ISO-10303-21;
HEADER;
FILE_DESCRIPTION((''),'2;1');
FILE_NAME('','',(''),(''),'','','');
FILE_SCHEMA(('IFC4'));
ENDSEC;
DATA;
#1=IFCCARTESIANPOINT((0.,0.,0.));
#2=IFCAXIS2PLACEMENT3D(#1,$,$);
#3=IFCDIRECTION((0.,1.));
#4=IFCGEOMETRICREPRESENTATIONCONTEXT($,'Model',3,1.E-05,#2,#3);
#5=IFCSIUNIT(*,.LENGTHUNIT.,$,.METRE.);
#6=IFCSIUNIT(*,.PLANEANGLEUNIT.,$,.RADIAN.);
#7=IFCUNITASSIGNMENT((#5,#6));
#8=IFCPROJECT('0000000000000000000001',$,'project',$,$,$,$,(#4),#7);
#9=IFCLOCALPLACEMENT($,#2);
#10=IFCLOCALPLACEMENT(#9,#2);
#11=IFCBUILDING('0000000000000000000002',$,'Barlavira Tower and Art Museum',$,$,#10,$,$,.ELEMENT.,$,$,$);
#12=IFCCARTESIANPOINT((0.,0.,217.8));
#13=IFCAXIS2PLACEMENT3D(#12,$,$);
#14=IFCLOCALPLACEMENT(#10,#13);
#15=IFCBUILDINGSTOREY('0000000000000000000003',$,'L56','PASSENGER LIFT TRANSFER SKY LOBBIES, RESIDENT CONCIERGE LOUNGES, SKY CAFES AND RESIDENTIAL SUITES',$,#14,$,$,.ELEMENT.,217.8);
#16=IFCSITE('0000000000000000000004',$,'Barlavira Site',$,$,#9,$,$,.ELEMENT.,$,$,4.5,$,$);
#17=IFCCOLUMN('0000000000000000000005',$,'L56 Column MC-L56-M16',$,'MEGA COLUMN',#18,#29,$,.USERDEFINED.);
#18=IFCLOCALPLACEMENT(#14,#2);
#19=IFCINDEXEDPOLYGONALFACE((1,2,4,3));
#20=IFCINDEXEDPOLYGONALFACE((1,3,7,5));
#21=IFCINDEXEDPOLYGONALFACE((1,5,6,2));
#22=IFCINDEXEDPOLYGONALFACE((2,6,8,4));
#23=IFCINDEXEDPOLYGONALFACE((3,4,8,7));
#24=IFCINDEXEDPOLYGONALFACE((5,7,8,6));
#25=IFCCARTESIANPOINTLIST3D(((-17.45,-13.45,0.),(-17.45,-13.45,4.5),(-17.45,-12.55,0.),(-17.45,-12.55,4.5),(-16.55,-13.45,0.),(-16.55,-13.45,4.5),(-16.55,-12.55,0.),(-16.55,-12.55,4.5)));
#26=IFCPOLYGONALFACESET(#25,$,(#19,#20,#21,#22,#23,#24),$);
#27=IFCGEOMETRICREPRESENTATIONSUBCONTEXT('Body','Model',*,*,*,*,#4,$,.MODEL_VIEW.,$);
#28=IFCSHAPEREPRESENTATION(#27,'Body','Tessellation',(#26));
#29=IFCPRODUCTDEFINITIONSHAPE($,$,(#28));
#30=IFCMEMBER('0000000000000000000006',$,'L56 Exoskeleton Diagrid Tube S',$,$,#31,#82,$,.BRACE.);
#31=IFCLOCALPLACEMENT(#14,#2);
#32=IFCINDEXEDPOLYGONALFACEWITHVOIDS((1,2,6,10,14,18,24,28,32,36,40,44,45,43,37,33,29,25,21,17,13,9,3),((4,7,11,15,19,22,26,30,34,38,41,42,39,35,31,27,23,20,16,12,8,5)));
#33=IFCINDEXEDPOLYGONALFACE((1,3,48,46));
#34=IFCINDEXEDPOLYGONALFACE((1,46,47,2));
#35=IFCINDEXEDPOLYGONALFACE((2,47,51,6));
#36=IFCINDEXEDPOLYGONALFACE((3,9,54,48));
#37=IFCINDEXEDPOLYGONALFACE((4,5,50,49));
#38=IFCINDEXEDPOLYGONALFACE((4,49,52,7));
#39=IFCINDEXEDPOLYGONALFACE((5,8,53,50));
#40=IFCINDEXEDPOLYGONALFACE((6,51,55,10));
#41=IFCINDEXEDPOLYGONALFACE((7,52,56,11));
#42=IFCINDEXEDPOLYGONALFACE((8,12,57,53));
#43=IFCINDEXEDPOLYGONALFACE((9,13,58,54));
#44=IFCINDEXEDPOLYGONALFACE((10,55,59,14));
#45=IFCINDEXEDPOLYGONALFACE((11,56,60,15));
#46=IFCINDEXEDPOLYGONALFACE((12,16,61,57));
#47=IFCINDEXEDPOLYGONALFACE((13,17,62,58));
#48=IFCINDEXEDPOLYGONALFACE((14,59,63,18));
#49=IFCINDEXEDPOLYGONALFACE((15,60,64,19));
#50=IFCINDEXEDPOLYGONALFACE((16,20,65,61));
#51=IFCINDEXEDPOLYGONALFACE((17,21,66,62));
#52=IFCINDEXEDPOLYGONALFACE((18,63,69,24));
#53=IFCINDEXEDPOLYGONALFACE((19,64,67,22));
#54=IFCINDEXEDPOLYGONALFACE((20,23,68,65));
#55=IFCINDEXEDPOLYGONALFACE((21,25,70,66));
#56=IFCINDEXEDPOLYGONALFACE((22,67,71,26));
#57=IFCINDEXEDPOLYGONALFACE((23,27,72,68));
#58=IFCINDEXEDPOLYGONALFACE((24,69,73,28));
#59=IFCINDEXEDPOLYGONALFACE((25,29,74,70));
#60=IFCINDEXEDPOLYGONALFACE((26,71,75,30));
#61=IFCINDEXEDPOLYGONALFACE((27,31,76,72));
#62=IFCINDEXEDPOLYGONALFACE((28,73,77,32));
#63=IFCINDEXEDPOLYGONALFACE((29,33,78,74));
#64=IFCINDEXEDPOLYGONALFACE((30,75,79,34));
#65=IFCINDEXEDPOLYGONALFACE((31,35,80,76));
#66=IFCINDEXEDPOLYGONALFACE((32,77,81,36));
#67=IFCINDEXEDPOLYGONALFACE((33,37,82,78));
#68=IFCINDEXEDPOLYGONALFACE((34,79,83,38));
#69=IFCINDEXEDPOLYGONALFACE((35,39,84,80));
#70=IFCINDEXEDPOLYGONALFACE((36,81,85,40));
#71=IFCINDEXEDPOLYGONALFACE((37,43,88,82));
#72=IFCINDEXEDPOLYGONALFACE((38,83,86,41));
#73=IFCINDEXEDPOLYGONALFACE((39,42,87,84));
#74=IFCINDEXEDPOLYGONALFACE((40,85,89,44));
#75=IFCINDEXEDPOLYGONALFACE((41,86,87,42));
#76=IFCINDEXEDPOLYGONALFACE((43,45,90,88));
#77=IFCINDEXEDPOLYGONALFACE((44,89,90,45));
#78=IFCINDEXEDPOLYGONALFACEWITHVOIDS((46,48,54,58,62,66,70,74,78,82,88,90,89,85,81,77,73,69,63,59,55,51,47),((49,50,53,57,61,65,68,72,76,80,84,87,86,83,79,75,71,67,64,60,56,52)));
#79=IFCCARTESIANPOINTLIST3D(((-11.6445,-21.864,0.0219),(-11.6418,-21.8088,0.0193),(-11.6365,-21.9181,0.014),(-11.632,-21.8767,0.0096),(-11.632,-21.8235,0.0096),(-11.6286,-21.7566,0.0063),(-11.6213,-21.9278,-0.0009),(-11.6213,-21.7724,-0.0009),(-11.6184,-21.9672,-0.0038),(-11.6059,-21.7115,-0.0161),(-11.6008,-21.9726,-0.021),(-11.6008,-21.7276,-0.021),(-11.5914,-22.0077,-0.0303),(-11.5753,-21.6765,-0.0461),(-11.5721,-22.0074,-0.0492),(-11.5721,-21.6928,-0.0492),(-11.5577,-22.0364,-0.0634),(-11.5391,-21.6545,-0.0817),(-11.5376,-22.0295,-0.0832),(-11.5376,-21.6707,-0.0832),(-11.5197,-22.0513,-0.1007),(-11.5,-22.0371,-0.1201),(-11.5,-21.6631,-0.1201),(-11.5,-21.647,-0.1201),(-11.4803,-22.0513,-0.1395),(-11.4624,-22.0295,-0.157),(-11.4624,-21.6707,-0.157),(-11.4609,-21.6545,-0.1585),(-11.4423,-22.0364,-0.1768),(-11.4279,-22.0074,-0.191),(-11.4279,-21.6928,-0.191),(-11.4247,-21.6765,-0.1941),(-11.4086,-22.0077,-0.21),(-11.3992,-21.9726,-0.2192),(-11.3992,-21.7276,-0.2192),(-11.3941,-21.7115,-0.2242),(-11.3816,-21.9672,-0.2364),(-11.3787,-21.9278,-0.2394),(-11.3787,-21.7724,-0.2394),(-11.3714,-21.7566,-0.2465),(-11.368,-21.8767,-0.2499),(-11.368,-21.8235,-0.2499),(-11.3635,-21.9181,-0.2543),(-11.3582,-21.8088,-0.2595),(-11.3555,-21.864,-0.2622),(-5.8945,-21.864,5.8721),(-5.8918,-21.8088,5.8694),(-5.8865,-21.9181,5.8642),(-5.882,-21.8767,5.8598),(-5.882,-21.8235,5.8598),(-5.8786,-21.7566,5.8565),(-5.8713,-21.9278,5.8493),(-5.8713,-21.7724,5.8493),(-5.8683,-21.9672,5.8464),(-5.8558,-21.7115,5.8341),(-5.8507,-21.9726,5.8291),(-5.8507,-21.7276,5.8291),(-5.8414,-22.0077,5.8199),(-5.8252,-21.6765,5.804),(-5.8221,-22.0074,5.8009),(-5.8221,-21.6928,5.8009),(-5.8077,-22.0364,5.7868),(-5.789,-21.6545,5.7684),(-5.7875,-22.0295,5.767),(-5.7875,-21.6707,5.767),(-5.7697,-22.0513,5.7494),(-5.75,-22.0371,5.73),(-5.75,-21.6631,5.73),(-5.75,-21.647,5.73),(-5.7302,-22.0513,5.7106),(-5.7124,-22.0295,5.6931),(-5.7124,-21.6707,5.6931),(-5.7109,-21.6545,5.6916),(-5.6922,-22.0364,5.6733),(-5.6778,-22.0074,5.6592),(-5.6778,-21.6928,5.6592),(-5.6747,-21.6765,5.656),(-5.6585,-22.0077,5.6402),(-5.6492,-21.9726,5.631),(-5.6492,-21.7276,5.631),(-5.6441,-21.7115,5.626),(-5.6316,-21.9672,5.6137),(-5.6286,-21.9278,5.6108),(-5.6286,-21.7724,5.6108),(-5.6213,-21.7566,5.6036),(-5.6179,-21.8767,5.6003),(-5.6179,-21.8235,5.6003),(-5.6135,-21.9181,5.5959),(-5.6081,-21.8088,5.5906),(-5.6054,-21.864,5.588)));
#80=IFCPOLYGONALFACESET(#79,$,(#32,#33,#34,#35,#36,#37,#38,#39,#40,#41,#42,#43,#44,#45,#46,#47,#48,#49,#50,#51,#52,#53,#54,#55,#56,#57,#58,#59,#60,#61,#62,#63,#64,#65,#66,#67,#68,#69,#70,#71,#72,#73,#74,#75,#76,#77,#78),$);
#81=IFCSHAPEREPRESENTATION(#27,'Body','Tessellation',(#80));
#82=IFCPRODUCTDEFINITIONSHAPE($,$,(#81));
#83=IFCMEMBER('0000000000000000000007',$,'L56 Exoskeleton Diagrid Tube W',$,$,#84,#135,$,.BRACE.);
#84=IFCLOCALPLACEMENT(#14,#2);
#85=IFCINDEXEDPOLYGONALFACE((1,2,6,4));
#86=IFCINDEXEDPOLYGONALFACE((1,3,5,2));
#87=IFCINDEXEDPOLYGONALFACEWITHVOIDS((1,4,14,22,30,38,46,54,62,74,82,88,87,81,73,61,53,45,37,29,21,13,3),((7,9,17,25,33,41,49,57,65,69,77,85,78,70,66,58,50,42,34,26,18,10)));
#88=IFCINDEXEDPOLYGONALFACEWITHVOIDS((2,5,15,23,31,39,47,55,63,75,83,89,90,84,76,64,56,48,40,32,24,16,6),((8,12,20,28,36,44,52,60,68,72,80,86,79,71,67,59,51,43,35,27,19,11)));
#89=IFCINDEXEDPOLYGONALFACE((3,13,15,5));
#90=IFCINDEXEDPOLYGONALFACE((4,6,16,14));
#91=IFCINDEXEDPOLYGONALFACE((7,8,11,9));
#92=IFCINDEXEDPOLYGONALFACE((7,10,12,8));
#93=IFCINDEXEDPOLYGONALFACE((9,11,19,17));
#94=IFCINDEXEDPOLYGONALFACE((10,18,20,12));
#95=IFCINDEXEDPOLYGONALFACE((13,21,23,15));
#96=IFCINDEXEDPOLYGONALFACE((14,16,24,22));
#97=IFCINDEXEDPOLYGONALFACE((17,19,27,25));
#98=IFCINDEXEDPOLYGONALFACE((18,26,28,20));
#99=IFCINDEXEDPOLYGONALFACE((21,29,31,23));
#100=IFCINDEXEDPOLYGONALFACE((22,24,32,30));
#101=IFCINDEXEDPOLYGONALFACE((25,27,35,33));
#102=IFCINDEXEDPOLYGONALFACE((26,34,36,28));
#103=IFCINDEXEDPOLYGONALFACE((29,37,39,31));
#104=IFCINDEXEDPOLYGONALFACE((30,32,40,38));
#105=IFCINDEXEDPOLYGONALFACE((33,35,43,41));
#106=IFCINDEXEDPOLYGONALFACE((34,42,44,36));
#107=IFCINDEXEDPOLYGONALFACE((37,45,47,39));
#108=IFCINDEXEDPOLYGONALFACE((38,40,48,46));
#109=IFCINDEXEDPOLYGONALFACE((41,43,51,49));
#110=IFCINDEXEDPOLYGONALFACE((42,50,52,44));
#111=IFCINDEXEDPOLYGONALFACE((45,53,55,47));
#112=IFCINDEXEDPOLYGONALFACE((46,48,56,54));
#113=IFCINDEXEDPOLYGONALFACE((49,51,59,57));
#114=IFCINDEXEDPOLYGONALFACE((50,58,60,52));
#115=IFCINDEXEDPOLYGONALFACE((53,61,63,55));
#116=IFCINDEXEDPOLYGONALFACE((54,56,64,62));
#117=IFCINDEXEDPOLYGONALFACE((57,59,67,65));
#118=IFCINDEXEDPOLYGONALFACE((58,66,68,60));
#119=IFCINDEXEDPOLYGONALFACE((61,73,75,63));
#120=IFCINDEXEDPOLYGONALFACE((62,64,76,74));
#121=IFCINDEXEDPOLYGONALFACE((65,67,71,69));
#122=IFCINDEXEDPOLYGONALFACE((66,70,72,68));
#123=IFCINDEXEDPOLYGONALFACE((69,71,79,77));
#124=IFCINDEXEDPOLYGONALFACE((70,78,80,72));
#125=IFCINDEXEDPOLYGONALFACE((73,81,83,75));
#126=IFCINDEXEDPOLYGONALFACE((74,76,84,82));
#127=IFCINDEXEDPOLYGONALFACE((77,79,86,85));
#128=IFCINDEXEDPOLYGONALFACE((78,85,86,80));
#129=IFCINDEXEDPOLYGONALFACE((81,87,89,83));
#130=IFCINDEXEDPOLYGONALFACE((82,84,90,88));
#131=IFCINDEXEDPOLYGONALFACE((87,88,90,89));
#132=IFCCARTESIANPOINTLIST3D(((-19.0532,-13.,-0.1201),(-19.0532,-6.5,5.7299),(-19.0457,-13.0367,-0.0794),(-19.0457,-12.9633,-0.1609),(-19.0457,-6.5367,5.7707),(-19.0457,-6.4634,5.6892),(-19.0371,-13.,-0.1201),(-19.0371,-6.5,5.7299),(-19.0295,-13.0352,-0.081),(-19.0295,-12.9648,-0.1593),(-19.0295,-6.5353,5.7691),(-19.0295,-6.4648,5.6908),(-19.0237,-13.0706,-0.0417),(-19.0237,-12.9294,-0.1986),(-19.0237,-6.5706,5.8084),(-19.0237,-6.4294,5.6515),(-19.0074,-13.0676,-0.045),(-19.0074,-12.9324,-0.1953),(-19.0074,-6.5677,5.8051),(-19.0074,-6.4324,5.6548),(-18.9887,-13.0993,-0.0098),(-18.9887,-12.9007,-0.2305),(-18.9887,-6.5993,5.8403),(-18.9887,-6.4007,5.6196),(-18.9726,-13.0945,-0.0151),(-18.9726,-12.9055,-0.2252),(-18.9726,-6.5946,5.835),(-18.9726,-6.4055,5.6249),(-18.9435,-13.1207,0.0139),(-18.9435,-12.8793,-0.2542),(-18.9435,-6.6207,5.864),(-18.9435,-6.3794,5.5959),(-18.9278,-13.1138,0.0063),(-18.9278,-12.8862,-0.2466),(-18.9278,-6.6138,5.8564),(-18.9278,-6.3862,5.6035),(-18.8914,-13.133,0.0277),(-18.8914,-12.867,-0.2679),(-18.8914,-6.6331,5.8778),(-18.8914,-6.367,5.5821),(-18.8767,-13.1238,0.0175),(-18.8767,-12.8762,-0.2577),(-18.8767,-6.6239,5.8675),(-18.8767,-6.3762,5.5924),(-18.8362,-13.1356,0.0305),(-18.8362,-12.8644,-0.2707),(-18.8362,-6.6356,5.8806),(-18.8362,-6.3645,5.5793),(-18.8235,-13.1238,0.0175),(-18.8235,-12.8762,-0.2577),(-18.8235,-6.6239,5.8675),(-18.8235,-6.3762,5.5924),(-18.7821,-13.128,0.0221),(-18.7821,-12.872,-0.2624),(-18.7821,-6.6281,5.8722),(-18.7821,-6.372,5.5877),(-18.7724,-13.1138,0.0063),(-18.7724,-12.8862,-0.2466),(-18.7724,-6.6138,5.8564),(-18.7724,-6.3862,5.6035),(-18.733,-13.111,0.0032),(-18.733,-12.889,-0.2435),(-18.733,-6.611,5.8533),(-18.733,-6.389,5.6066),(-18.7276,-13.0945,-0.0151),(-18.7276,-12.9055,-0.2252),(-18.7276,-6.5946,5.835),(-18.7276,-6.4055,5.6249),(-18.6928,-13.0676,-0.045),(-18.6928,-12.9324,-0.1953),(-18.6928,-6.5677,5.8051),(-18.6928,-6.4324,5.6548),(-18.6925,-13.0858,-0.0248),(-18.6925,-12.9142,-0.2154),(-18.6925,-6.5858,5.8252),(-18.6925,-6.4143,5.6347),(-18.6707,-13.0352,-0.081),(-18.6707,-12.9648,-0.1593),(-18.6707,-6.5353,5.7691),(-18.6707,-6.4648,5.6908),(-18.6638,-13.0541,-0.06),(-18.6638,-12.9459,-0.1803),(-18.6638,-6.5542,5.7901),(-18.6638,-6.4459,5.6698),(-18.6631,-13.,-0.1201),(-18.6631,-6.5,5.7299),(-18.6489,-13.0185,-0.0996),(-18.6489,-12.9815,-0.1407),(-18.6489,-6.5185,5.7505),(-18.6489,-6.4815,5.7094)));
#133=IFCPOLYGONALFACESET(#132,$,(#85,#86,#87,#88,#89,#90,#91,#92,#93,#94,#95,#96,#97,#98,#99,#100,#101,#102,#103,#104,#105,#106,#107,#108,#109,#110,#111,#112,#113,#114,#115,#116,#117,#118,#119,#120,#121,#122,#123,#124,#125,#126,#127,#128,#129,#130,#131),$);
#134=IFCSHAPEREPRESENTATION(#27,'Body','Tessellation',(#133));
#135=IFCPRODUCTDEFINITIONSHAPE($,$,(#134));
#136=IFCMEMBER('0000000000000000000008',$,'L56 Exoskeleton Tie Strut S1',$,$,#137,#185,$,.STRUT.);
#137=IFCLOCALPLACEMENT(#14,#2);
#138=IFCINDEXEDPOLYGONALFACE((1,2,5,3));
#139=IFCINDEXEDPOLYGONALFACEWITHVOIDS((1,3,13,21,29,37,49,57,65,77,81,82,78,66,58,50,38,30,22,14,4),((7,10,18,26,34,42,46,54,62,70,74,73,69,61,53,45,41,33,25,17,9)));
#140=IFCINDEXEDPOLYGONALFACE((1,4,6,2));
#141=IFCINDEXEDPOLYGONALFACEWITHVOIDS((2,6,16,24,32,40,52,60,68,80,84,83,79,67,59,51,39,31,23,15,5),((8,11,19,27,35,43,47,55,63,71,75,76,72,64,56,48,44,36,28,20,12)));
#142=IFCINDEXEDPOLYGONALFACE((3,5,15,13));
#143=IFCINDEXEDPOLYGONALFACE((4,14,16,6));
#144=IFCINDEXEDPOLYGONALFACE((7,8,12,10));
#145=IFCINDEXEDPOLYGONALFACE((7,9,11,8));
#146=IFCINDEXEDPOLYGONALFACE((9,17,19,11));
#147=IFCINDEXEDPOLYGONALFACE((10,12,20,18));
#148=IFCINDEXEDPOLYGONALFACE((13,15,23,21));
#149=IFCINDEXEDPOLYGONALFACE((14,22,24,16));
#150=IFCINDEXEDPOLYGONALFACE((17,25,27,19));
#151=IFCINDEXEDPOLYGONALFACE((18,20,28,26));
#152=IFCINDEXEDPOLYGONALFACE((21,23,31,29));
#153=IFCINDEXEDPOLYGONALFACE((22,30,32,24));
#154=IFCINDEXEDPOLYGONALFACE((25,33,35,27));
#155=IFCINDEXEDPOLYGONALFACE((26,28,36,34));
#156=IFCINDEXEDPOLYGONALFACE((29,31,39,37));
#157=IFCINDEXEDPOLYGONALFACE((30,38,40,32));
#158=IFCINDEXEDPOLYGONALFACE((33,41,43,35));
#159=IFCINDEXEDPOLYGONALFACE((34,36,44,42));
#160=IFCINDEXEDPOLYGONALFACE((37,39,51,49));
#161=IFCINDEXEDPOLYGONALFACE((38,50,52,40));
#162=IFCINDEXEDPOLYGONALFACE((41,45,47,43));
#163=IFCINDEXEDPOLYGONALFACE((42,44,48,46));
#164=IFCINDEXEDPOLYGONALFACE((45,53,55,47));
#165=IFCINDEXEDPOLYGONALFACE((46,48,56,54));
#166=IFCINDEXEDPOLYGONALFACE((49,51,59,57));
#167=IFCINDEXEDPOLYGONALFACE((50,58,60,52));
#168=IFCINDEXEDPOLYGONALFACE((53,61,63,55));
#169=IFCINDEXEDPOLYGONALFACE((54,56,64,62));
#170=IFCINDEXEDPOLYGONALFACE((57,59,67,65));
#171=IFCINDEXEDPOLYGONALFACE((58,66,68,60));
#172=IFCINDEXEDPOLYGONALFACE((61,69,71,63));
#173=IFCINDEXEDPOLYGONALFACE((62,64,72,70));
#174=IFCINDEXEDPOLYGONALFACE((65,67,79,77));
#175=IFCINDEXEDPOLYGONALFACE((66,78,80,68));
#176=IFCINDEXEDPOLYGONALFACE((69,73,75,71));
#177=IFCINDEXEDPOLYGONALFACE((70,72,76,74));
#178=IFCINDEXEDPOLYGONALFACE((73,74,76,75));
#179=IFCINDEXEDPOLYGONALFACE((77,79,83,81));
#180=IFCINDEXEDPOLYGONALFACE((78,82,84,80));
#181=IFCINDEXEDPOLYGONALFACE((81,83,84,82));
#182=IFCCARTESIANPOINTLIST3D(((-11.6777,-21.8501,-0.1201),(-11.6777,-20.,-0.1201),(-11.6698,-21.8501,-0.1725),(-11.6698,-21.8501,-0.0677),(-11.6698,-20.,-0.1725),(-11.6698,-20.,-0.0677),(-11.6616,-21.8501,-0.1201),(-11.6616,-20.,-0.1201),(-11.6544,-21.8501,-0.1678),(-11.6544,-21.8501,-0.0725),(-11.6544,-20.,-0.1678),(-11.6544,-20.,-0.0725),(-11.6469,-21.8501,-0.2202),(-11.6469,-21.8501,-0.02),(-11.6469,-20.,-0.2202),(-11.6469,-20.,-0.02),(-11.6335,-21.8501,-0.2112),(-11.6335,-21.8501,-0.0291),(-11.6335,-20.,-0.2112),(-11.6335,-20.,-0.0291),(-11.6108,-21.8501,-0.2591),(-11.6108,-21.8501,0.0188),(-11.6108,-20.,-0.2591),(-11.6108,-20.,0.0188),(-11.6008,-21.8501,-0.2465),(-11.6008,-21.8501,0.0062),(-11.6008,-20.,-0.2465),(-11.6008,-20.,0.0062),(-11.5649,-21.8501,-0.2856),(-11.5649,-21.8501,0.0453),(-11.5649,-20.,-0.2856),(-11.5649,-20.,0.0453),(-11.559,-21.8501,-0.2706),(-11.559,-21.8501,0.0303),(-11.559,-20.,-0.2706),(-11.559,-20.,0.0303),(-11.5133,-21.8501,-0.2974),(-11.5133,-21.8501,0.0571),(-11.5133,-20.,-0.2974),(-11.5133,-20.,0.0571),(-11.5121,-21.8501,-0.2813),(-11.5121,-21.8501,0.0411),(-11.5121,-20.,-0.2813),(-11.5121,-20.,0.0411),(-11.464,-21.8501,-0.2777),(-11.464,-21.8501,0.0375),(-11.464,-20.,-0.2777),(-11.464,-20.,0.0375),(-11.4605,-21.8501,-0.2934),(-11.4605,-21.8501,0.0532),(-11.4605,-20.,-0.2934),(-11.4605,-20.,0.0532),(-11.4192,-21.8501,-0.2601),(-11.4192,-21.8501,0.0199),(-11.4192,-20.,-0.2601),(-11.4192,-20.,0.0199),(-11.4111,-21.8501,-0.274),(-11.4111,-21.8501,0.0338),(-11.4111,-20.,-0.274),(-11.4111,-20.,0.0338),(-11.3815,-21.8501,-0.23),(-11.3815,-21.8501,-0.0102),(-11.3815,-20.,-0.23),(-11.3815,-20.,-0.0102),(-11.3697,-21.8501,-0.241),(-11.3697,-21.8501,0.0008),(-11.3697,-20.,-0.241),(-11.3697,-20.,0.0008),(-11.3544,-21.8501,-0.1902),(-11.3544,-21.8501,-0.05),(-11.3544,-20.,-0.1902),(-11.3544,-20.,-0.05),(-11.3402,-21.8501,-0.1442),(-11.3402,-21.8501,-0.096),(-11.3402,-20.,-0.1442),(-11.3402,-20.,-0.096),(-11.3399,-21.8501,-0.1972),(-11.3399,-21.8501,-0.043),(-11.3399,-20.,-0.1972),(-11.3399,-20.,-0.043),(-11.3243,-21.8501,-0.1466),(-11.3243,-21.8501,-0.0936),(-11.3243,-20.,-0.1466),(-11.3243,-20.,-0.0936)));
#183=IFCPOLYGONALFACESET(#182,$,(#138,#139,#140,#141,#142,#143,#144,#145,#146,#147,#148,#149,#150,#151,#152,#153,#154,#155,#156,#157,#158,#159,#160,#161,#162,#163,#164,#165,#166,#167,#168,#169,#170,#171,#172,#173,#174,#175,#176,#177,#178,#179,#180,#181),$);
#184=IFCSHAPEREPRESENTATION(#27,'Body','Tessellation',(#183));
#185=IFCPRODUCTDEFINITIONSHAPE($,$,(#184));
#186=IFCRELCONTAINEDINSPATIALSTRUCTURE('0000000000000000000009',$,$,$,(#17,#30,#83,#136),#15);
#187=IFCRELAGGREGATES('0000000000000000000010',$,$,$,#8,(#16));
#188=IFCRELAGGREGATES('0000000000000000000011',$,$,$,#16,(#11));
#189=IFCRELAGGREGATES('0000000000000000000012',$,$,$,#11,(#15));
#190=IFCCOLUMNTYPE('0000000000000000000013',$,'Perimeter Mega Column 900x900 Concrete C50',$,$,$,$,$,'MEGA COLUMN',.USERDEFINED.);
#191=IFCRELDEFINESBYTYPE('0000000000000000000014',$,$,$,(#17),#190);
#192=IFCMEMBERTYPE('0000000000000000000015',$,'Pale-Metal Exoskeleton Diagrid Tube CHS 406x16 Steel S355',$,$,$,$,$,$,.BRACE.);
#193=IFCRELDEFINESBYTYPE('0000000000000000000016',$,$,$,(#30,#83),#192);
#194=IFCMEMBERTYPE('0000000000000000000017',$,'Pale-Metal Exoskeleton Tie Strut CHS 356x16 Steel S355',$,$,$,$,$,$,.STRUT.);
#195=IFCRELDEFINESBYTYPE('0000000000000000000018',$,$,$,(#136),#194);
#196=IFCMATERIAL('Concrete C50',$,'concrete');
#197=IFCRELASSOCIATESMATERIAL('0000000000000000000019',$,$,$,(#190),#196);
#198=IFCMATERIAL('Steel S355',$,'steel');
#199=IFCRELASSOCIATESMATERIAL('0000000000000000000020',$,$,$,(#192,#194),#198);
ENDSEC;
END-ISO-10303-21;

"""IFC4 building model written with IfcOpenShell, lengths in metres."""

from ifc_helpers import new_model, si_unit, direction, frame, origin, origin_2d, place, context, subcontext, project, spatial, rectangle, hollow_circle, extrude, material, material_profile, profile_set, type_object, element, save


model = new_model("IFC4")

# Units and contexts
model_context = context("Model", 3, precision=1e-05, world=origin(), true_north=direction((0.0, 1.0)))
body_context = subcontext(model_context, "Body", "Model", "MODEL_VIEW")
ifc_project = project(units=[si_unit("LENGTHUNIT", "METRE"), si_unit("PLANEANGLEUNIT", "RADIAN")], contexts=[model_context])

# Site, building, storey
site_placement = place(None, origin())
site = spatial("IfcSite", under=ifc_project, at=site_placement, Name="Barlavira Site", CompositionType="ELEMENT", RefElevation=4.5)
building_placement = place(site_placement, origin())
building = spatial("IfcBuilding", under=site, at=building_placement, Name="Barlavira Tower and Art Museum", CompositionType="ELEMENT")
storey_placement = place(building_placement, frame((0.0, 0.0, 217.8)))
storey = spatial("IfcBuildingStorey", under=building, at=storey_placement, Name="L56", Description="PASSENGER LIFT TRANSFER SKY LOBBIES, RESIDENT CONCIERGE LOUNGES, SKY CAFES AND RESIDENTIAL SUITES", CompositionType="ELEMENT", Elevation=217.8)

# Column
ifc_material_1 = material(Name="Concrete C50", Category="concrete")
ifc_material_profile_1 = material_profile(ifc_material_1, rectangle(XDim=0.8999, YDim=0.8999, at=origin_2d()), Name="RC-COL 900x900")
ifc_profile_set_1 = profile_set([ifc_material_profile_1], Name="Concrete C50")
column_type = type_object("IfcColumnType", Name="Perimeter Mega Column 900x900 Concrete C50", ElementType="MEGA COLUMN", PredefinedType="USERDEFINED", material=ifc_profile_set_1)
column_placement = place(storey_placement, frame((-17.0, -13.0, 0.0), z_axis=(0.0, 0.0, 1.0), x_axis=(1.0, 0.0, 0.0)))
element("IfcColumn", 1, at=column_placement, inside=storey, type_object=column_type, Name="L56 Column MC-L56-M16", ObjectType="MEGA COLUMN", PredefinedType="USERDEFINED", context=body_context, shape_type="SweptSolid", body=[
    extrude(rectangle(XDim=0.8999, YDim=0.8999, at=origin_2d()), origin(), (0.0, 0.0, 1.0), 4.5),
])

# Members
ifc_material_2 = material(Name="Steel S355", Category="steel")
ifc_material_profile_2 = material_profile(ifc_material_2, hollow_circle(Radius=0.2031, WallThickness=0.0161, at=origin_2d()), Name="CHS 406.4x16.0")
ifc_profile_set_2 = profile_set([ifc_material_profile_2], Name="Steel S355")
member_type_1 = type_object("IfcMemberType", Name="Pale-Metal Exoskeleton Diagrid Tube CHS 406x16 Steel S355", PredefinedType="BRACE", material=ifc_profile_set_2)
member_1_placement = place(storey_placement, frame((-11.5, -21.8501, -0.1201), z_axis=(0.700979, 0.0, 0.713182), x_axis=(0.0, 1.0, 0.0)))
element("IfcMember", 2, at=member_1_placement, inside=storey, type_object=member_type_1, Name="L56 Exoskeleton Diagrid Tube S", PredefinedType="BRACE", context=body_context, shape_type="SweptSolid", body=[
    extrude(hollow_circle(Radius=0.2031, WallThickness=0.0161, at=origin_2d()), origin(), (0.0, 0.0, 1.0), 8.2029),
])
member_2_placement = place(storey_placement, frame((-18.8501, -13.0, -0.1201), z_axis=(0.0, 0.743289, 0.668971), x_axis=(-1.0, 0.0, 0.0)))
element("IfcMember", 3, at=member_2_placement, inside=storey, type_object=member_type_1, Name="L56 Exoskeleton Diagrid Tube W", PredefinedType="BRACE", context=body_context, shape_type="SweptSolid", body=[
    extrude(hollow_circle(Radius=0.2031, WallThickness=0.0161, at=origin_2d()), origin(), (0.0, 0.0, 1.0), 8.7449),
])
ifc_material_profile_3 = material_profile(ifc_material_2, hollow_circle(Radius=0.1777, WallThickness=0.0161, at=origin_2d()), Name="CHS 355.6x16.0")
ifc_profile_set_3 = profile_set([ifc_material_profile_3], Name="Steel S355")
member_type_2 = type_object("IfcMemberType", Name="Pale-Metal Exoskeleton Tie Strut CHS 356x16 Steel S355", PredefinedType="STRUT", material=ifc_profile_set_3)
for number, where, z_axis, x_axis, name in (
    (4, (-11.5, -21.8501, -0.1201), (0.0, 1.0, 0.0), (-1.0, 0.0, 0.0), "L56 Exoskeleton Tie Strut S1"),
):
    element("IfcMember", number, at=place(storey_placement, frame(where, z_axis=z_axis, x_axis=x_axis)), inside=storey, type_object=member_type_2, Name=name, PredefinedType="STRUT", context=body_context, shape_type="SweptSolid", body=[
        extrude(hollow_circle(Radius=0.1777, WallThickness=0.0161, at=origin_2d()), origin(), (0.0, 0.0, 1.0), 1.8501),
    ])

save(model, "model.ifc")
